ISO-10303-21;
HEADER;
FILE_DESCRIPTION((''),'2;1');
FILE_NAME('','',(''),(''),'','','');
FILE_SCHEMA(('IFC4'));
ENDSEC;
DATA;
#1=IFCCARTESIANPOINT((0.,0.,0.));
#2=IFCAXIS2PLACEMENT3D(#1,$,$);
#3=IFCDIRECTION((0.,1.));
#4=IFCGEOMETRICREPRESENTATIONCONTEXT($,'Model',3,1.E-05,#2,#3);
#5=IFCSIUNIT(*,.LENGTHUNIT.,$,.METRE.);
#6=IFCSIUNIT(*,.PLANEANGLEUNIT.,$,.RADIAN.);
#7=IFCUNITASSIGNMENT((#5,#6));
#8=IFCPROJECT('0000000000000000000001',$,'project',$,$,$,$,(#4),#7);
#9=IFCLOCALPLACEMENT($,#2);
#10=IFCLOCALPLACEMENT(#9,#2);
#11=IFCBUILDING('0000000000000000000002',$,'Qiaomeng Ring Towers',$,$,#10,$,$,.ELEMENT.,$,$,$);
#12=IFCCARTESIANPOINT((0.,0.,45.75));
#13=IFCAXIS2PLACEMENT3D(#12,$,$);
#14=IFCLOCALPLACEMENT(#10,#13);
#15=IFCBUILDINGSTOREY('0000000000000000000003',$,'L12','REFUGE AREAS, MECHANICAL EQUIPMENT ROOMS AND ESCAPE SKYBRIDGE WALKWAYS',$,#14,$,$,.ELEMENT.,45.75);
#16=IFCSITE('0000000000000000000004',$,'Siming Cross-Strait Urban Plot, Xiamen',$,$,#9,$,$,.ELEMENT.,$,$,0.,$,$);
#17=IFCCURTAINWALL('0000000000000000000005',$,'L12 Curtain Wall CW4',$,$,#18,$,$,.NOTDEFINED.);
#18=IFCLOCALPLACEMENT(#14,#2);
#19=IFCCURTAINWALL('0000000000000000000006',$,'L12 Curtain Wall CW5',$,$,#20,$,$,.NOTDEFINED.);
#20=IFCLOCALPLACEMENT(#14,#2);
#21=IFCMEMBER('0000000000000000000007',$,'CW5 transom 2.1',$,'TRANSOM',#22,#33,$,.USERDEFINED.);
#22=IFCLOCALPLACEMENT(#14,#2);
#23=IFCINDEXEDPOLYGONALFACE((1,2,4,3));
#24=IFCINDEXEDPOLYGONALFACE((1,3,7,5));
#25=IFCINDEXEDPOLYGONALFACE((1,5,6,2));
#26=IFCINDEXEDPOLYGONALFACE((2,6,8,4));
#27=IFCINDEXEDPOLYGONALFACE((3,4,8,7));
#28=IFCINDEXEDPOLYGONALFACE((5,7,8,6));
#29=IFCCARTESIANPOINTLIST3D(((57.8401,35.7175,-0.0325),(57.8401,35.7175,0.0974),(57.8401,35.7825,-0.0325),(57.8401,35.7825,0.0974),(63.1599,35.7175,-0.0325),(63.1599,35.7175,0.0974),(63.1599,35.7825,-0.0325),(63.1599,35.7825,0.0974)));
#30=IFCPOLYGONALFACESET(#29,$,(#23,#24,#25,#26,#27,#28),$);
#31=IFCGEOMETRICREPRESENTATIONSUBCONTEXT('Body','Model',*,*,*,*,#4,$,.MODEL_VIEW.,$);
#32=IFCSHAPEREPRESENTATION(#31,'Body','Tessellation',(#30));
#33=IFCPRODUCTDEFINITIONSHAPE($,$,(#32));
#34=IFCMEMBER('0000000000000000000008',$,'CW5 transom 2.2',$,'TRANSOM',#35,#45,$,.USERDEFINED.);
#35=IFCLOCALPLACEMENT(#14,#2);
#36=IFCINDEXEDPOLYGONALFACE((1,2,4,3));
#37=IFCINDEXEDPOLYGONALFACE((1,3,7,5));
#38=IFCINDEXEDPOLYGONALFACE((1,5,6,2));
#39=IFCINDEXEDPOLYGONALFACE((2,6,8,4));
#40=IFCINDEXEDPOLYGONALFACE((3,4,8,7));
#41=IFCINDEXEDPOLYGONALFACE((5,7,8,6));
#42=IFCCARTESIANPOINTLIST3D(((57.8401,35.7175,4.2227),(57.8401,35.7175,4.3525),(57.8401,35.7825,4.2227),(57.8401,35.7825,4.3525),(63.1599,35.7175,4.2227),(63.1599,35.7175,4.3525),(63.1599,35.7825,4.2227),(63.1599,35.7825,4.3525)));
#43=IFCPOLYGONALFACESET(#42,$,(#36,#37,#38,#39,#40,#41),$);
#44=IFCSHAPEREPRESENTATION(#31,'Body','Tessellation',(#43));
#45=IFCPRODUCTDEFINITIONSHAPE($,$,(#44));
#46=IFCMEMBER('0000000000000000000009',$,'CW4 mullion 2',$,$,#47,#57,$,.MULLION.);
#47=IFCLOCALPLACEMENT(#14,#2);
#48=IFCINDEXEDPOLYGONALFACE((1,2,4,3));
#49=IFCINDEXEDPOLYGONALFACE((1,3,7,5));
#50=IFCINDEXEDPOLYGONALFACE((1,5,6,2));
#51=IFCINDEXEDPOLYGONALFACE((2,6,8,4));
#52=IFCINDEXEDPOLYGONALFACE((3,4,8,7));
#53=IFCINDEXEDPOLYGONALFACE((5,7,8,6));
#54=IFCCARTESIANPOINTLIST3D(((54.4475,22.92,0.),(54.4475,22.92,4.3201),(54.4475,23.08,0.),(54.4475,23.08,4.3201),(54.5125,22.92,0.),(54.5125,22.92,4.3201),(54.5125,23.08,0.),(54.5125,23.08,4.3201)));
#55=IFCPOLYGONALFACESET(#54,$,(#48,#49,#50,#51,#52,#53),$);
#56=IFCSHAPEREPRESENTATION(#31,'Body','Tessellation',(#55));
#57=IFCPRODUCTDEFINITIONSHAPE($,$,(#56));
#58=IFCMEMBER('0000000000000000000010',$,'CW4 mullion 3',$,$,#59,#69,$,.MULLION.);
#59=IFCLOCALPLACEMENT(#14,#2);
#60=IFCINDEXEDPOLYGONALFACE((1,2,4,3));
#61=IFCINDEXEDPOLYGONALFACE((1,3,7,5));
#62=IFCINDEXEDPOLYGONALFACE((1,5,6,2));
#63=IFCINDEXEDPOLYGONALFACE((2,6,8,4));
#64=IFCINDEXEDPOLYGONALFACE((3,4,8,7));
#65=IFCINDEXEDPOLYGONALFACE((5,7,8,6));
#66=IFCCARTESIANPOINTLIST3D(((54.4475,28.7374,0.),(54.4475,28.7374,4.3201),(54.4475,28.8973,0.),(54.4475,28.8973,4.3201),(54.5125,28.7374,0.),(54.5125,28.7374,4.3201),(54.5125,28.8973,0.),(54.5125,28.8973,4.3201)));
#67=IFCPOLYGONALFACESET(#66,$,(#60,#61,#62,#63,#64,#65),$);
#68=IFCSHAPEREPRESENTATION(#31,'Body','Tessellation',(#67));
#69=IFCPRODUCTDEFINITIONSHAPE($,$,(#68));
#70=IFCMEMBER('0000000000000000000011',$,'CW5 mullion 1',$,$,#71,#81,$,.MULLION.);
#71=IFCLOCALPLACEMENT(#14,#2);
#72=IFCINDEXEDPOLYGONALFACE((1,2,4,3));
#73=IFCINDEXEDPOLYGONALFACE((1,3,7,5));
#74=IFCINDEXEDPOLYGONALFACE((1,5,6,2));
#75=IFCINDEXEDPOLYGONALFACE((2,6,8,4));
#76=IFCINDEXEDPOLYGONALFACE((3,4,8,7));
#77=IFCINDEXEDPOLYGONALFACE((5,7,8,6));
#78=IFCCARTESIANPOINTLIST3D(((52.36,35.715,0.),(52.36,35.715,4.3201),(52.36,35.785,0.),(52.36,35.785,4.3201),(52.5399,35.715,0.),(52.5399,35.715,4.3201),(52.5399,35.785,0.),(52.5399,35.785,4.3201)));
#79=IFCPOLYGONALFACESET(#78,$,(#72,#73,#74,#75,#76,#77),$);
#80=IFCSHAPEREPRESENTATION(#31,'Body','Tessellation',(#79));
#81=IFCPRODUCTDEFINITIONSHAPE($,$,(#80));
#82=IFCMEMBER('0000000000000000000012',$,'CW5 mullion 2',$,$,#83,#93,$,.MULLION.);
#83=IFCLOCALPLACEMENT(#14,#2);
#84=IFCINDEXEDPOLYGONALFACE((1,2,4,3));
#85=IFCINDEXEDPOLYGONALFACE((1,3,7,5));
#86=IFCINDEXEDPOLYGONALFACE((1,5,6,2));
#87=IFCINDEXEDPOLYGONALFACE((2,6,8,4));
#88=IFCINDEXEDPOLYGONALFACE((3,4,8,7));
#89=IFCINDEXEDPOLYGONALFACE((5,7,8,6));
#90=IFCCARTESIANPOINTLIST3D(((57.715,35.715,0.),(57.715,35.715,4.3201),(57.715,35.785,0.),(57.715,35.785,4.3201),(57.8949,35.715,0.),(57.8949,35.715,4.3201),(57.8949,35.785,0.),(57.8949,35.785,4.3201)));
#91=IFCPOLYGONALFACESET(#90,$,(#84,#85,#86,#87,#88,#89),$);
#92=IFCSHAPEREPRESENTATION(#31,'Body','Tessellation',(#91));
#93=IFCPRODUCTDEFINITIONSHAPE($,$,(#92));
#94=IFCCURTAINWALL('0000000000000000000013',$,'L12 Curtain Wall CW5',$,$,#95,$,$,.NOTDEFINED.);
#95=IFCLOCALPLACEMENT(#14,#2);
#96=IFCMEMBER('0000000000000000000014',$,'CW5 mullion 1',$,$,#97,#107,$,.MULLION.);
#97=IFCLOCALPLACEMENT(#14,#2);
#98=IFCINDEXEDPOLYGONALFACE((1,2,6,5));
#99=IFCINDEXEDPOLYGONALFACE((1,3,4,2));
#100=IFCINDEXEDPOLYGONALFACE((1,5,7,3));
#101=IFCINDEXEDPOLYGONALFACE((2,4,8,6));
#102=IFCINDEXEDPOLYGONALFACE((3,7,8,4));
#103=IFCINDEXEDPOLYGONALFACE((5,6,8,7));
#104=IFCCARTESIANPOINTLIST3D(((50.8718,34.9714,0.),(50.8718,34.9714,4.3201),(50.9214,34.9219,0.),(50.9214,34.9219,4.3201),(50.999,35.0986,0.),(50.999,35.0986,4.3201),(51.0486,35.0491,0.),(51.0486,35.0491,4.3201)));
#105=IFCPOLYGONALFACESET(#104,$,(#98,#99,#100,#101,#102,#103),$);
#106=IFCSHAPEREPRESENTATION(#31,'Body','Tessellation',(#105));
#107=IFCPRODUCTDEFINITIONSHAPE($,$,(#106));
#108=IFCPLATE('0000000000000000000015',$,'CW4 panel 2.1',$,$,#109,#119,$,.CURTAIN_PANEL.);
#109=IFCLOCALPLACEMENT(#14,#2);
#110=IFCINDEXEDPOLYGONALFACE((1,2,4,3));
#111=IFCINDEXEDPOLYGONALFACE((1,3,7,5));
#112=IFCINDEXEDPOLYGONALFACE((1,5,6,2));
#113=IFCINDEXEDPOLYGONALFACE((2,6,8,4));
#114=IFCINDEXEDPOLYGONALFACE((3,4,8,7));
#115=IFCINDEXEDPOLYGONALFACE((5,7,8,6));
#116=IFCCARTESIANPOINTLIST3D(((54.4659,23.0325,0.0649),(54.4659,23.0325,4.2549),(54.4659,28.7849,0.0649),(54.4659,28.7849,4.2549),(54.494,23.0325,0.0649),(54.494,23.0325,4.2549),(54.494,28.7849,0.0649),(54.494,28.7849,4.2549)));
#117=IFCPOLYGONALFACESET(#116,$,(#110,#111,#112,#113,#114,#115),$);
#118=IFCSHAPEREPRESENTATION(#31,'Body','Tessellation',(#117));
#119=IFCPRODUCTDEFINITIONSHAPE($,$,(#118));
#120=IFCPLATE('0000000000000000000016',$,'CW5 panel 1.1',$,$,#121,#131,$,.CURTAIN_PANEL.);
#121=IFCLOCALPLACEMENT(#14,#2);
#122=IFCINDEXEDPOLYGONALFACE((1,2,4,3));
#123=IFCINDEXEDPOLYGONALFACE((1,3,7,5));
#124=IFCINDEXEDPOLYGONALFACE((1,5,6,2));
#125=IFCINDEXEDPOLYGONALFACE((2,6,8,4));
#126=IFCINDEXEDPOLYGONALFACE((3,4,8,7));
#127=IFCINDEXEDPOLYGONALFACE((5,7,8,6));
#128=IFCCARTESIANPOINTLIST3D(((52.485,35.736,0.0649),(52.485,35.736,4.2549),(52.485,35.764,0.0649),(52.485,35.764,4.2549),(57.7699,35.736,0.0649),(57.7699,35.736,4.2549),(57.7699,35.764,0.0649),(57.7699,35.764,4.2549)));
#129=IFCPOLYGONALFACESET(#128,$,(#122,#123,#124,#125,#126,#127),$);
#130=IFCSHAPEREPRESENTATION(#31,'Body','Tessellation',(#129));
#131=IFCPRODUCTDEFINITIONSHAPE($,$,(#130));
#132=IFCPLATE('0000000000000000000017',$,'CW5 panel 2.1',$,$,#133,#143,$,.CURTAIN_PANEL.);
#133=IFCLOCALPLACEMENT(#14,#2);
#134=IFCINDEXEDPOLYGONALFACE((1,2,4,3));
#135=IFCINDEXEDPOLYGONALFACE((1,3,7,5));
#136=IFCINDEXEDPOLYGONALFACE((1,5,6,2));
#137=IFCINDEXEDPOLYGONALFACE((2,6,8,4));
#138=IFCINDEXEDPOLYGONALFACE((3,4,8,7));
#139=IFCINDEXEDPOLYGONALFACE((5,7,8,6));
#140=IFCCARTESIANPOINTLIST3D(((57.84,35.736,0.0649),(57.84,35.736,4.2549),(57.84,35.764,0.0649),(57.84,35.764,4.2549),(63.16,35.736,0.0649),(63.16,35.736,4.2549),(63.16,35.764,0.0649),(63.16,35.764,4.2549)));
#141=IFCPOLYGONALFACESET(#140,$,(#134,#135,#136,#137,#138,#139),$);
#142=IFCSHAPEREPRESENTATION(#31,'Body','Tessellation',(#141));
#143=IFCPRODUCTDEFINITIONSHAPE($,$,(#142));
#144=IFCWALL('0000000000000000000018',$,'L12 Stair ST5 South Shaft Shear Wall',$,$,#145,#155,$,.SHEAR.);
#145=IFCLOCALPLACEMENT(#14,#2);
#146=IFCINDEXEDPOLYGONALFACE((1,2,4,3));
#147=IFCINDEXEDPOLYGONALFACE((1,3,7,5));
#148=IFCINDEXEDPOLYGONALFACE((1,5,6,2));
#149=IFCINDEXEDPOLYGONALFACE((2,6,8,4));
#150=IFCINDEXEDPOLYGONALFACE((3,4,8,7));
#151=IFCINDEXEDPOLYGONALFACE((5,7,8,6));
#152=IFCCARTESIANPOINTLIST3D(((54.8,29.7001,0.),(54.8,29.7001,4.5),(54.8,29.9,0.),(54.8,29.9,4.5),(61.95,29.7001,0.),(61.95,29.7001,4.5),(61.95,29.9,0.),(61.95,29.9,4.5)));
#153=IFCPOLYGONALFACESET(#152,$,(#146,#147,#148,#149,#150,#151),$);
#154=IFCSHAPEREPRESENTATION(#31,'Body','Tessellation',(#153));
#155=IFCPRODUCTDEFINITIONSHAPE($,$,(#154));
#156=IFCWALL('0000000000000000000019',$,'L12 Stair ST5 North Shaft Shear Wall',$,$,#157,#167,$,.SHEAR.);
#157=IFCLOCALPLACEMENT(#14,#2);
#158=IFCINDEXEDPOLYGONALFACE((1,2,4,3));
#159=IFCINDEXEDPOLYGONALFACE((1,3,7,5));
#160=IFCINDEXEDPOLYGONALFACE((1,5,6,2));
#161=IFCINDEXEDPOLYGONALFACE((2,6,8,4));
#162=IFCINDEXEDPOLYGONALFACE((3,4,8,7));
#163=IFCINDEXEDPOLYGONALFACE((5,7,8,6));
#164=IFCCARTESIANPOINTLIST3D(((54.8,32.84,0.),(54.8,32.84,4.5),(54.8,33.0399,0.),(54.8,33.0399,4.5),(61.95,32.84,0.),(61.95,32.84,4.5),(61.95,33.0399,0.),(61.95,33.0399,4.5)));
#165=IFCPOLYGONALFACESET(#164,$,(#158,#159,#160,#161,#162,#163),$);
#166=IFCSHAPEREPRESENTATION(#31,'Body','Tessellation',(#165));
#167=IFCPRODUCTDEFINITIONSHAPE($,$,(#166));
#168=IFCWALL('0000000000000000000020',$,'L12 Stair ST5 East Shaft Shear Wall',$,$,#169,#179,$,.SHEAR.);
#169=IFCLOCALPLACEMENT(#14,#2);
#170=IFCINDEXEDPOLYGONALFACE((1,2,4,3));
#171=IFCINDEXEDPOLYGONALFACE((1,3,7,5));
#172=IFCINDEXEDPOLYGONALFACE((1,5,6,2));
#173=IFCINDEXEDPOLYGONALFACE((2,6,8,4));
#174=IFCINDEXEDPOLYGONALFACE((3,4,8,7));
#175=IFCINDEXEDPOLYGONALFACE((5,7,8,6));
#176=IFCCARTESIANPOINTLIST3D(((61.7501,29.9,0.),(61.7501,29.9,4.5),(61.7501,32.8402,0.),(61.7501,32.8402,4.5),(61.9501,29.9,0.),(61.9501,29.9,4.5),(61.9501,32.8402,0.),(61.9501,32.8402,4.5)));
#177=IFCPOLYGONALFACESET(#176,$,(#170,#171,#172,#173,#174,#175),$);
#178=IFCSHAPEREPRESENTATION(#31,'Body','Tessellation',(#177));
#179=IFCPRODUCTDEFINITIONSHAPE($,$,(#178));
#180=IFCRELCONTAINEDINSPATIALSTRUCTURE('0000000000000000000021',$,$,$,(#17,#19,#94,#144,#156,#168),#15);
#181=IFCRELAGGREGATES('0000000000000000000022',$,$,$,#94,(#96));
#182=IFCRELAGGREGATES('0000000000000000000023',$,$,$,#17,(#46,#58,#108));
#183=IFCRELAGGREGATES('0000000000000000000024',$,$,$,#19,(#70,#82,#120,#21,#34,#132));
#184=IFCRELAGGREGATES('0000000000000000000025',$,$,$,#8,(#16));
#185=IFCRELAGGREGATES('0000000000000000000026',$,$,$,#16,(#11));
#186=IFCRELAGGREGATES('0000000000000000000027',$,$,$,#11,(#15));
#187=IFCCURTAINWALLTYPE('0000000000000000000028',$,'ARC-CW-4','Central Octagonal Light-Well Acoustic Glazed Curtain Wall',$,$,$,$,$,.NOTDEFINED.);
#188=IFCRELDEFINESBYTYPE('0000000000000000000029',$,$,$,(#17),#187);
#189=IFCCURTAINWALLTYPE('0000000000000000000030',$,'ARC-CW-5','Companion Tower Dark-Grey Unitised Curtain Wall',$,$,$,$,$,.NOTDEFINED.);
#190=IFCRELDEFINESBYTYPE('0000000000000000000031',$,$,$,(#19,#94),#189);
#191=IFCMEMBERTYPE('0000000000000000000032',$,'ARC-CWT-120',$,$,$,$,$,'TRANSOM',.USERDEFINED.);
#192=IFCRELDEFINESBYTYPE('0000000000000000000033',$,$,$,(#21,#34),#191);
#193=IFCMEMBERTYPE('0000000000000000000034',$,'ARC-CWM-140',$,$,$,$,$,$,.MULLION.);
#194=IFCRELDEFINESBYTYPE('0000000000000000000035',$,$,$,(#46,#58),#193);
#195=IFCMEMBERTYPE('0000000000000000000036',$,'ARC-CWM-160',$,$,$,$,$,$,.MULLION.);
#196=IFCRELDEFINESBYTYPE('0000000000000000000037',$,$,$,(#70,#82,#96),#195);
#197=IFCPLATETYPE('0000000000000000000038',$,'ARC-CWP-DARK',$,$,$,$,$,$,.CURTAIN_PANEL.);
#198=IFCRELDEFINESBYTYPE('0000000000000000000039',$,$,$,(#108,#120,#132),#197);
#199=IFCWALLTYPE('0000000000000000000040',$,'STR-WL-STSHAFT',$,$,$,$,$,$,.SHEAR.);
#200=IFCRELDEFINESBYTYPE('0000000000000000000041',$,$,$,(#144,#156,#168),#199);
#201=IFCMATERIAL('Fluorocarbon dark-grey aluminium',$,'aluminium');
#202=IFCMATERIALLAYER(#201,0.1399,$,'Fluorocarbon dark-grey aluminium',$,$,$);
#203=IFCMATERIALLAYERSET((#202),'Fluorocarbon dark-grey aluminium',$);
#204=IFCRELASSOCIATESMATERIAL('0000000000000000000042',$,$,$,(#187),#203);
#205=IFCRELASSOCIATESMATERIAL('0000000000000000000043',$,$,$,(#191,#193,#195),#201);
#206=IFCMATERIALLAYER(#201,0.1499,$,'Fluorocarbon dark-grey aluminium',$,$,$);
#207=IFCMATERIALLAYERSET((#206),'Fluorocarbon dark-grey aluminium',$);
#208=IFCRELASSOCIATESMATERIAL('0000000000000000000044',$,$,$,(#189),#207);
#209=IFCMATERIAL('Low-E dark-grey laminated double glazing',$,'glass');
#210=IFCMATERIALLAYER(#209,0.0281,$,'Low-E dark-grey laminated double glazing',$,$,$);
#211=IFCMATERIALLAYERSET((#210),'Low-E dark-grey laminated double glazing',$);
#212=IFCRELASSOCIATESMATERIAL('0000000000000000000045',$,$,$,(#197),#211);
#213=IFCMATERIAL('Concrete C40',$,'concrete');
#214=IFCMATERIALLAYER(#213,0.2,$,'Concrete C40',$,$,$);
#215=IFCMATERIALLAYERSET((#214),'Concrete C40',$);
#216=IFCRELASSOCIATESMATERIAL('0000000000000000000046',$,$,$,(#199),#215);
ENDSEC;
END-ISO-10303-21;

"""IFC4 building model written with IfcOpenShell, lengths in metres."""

from ifc_helpers import new_model, si_unit, direction, frame, frame_2d, origin, origin_2d, place, context, subcontext, project, spatial, rectangle, extrude, source, transform, mapped, material, layer, layer_set, material_profile, profile_set, type_object, element, aggregate, save


model = new_model("IFC4")

# Units and contexts
model_context = context("Model", 3, precision=1e-05, world=origin(), true_north=direction((0.0, 1.0)))
body_context = subcontext(model_context, "Body", "Model", "MODEL_VIEW")
ifc_project = project(units=[si_unit("LENGTHUNIT", "METRE"), si_unit("PLANEANGLEUNIT", "RADIAN")], contexts=[model_context])

# Site, building, storey
site_placement = place(None, origin())
site = spatial("IfcSite", under=ifc_project, at=site_placement, Name="Siming Cross-Strait Urban Plot, Xiamen", CompositionType="ELEMENT", RefElevation=0.0)
building_placement = place(site_placement, origin())
building = spatial("IfcBuilding", under=site, at=building_placement, Name="Qiaomeng Ring Towers", CompositionType="ELEMENT")
storey_placement = place(building_placement, frame((0.0, 0.0, 45.75)))
storey = spatial("IfcBuildingStorey", under=building, at=storey_placement, Name="L12", Description="REFUGE AREAS, MECHANICAL EQUIPMENT ROOMS AND ESCAPE SKYBRIDGE WALKWAYS", CompositionType="ELEMENT", Elevation=45.75)

# Curtain walls, members
ifc_material_1 = material(Name="Fluorocarbon dark-grey aluminium", Category="aluminium")
ifc_layer_1 = layer(ifc_material_1, 0.1399, Name="Fluorocarbon dark-grey aluminium")
ifc_layer_set_1 = layer_set([ifc_layer_1], Name="Fluorocarbon dark-grey aluminium")
curtain_wall_type_1 = type_object("IfcCurtainWallType", Name="ARC-CW-4", Description="Central Octagonal Light-Well Acoustic Glazed Curtain Wall", PredefinedType="NOTDEFINED", material=ifc_layer_set_1)
curtain_wall_1_placement = place(storey_placement, origin())
curtain_wall_1 = element("IfcCurtainWall", 1, at=curtain_wall_1_placement, inside=storey, type_object=curtain_wall_type_1, Name="L12 Curtain Wall CW4", PredefinedType="NOTDEFINED")
ifc_material_profile_1 = material_profile(ifc_material_1, rectangle(XDim=0.0649, YDim=0.1299, at=origin_2d()), Name="ALU TRAN 65x130")
ifc_profile_set_1 = profile_set([ifc_material_profile_1], Name="Fluorocarbon dark-grey aluminium")
member_type_1 = type_object("IfcMemberType", Name="ARC-CWT-120", ElementType="TRANSOM", PredefinedType="USERDEFINED", material=ifc_profile_set_1)
ifc_layer_2 = layer(ifc_material_1, 0.1499, Name="Fluorocarbon dark-grey aluminium")
ifc_layer_set_2 = layer_set([ifc_layer_2], Name="Fluorocarbon dark-grey aluminium")
curtain_wall_type_2 = type_object("IfcCurtainWallType", Name="ARC-CW-5", Description="Companion Tower Dark-Grey Unitised Curtain Wall", PredefinedType="NOTDEFINED", material=ifc_layer_set_2)
curtain_wall_2_placement = place(storey_placement, origin())
curtain_wall_2 = element("IfcCurtainWall", 2, at=curtain_wall_2_placement, inside=storey, type_object=curtain_wall_type_2, Name="L12 Curtain Wall CW5", PredefinedType="NOTDEFINED")
shared_shape_1 = source(origin(), body_context, "Body", "SweptSolid", [
    extrude(rectangle(XDim=0.0649, YDim=0.1299, at=origin_2d()), origin(), (0.0, 0.0, 1.0), 5.3198),
])
member_1_placement = place(storey_placement, frame((57.8401, 35.75, 0.0325), z_axis=(1.0, 0.0, 0.0), x_axis=(0.0, 1.0, 0.0)))
member_1 = element("IfcMember", 3, at=member_1_placement, type_object=member_type_1, Name="CW5 transom 2.1", ObjectType="TRANSOM", PredefinedType="USERDEFINED", context=body_context, shape_type="MappedRepresentation", body=[
    mapped(shared_shape_1, transform((0.0, 0.0, 0.0), x_axis=(1.0, 0.0, 0.0), y_axis=(0.0, 1.0, 0.0), z_axis=(0.0, 0.0, 1.0), scale=1.0)),
])
member_2_placement = place(storey_placement, frame((57.8401, 35.75, 4.2876), z_axis=(1.0, 0.0, 0.0), x_axis=(0.0, 1.0, 0.0)))
member_2 = element("IfcMember", 4, at=member_2_placement, type_object=member_type_1, Name="CW5 transom 2.2", ObjectType="TRANSOM", PredefinedType="USERDEFINED", context=body_context, shape_type="MappedRepresentation", body=[
    mapped(shared_shape_1, transform((0.0, 0.0, 0.0), x_axis=(1.0, 0.0, 0.0), y_axis=(0.0, 1.0, 0.0), z_axis=(0.0, 0.0, 1.0), scale=1.0)),
])

# Members
ifc_material_profile_2 = material_profile(ifc_material_1, rectangle(XDim=0.0649, YDim=0.1599, at=origin_2d()), Name="ALU MULL 65x160")
ifc_profile_set_2 = profile_set([ifc_material_profile_2], Name="Fluorocarbon dark-grey aluminium")
member_type_2 = type_object("IfcMemberType", Name="ARC-CWM-140", PredefinedType="MULLION", material=ifc_profile_set_2)
shared_shape_2 = source(origin(), body_context, "Body", "SweptSolid", [
    extrude(rectangle(XDim=0.0649, YDim=0.1599, at=origin_2d()), origin(), (0.0, 0.0, 1.0), 4.3201),
])
member_3_placement = place(storey_placement, frame((54.48, 23.0, 0.0), z_axis=(0.0, 0.0, 1.0), x_axis=(-1.0, 0.0, 0.0)))
member_3 = element("IfcMember", 5, at=member_3_placement, type_object=member_type_2, Name="CW4 mullion 2", PredefinedType="MULLION", context=body_context, shape_type="MappedRepresentation", body=[
    mapped(shared_shape_2, transform((0.0, 0.0, 0.0), x_axis=(1.0, 0.0, 0.0), y_axis=(0.0, 1.0, 0.0), z_axis=(0.0, 0.0, 1.0), scale=1.0)),
])
member_4_placement = place(storey_placement, frame((54.48, 28.8174, 0.0), z_axis=(0.0, 0.0, 1.0), x_axis=(-1.0, 0.0, 0.0)))
member_4 = element("IfcMember", 6, at=member_4_placement, type_object=member_type_2, Name="CW4 mullion 3", PredefinedType="MULLION", context=body_context, shape_type="MappedRepresentation", body=[
    mapped(shared_shape_2, transform((0.0, 0.0, 0.0), x_axis=(1.0, 0.0, 0.0), y_axis=(0.0, 1.0, 0.0), z_axis=(0.0, 0.0, 1.0), scale=1.0)),
])
ifc_material_profile_3 = material_profile(ifc_material_1, rectangle(XDim=0.0701, YDim=0.1799, at=origin_2d()), Name="ALU MULL 70x180")
ifc_profile_set_3 = profile_set([ifc_material_profile_3], Name="Fluorocarbon dark-grey aluminium")
member_type_3 = type_object("IfcMemberType", Name="ARC-CWM-160", PredefinedType="MULLION", material=ifc_profile_set_3)
shared_shape_3 = source(origin(), body_context, "Body", "SweptSolid", [
    extrude(rectangle(XDim=0.0701, YDim=0.1799, at=origin_2d()), origin(), (0.0, 0.0, 1.0), 4.3201),
])
member_5_placement = place(storey_placement, frame((52.45, 35.75, 0.0), z_axis=(0.0, 0.0, 1.0), x_axis=(0.0, 1.0, 0.0)))
member_5 = element("IfcMember", 7, at=member_5_placement, type_object=member_type_3, Name="CW5 mullion 1", PredefinedType="MULLION", context=body_context, shape_type="MappedRepresentation", body=[
    mapped(shared_shape_3, transform((0.0, 0.0, 0.0), x_axis=(1.0, 0.0, 0.0), y_axis=(0.0, 1.0, 0.0), z_axis=(0.0, 0.0, 1.0), scale=1.0)),
])
member_6_placement = place(storey_placement, frame((57.8049, 35.75, 0.0), z_axis=(0.0, 0.0, 1.0), x_axis=(0.0, 1.0, 0.0)))
member_6 = element("IfcMember", 8, at=member_6_placement, type_object=member_type_3, Name="CW5 mullion 2", PredefinedType="MULLION", context=body_context, shape_type="MappedRepresentation", body=[
    mapped(shared_shape_3, transform((0.0, 0.0, 0.0), x_axis=(1.0, 0.0, 0.0), y_axis=(0.0, 1.0, 0.0), z_axis=(0.0, 0.0, 1.0), scale=1.0)),
])

# Curtain wall, member
curtain_wall_3_placement = place(storey_placement, origin())
curtain_wall_3 = element("IfcCurtainWall", 9, at=curtain_wall_3_placement, inside=storey, type_object=curtain_wall_type_2, Name="L12 Curtain Wall CW5", PredefinedType="NOTDEFINED")
member_7_placement = place(storey_placement, frame((50.9602, 35.0103, 0.0), z_axis=(0.0, 0.0, 1.0), x_axis=(0.707107, -0.707107, 0.0)))
member_7 = element("IfcMember", 10, at=member_7_placement, type_object=member_type_3, Name="CW5 mullion 1", PredefinedType="MULLION", context=body_context, shape_type="MappedRepresentation", body=[
    mapped(shared_shape_3, transform((0.0, 0.0, 0.0), x_axis=(1.0, 0.0, 0.0), y_axis=(0.0, 1.0, 0.0), z_axis=(0.0, 0.0, 1.0), scale=1.0)),
])
aggregate(curtain_wall_3, [member_7])

# Plates
ifc_material_2 = material(Name="Low-E dark-grey laminated double glazing", Category="glass")
ifc_layer_3 = layer(ifc_material_2, 0.0281, Name="Low-E dark-grey laminated double glazing")
ifc_layer_set_3 = layer_set([ifc_layer_3], Name="Low-E dark-grey laminated double glazing")
plate_type = type_object("IfcPlateType", Name="ARC-CWP-DARK", PredefinedType="CURTAIN_PANEL", material=ifc_layer_set_3)
shared_shape_4 = source(origin(), body_context, "Body", "SweptSolid", [
    extrude(rectangle(XDim=5.7524, YDim=0.0281, at=origin_2d()), origin(), (0.0, 0.0, 1.0), 4.1899),
])
plate_1_placement = place(storey_placement, frame((54.48, 25.9087, 0.0649), z_axis=(0.0, 0.0, 1.0), x_axis=(0.0, 1.0, 0.0)))
plate_1 = element("IfcPlate", 11, at=plate_1_placement, type_object=plate_type, Name="CW4 panel 2.1", PredefinedType="CURTAIN_PANEL", context=body_context, shape_type="MappedRepresentation", body=[
    mapped(shared_shape_4, transform((0.0, 0.0, 0.0), x_axis=(1.0, 0.0, 0.0), y_axis=(0.0, 1.0, 0.0), z_axis=(0.0, 0.0, 1.0), scale=1.0)),
])
aggregate(curtain_wall_1, [member_3, member_4, plate_1])
shared_shape_5 = source(origin(), body_context, "Body", "SweptSolid", [
    extrude(rectangle(XDim=5.2849, YDim=0.0281, at=origin_2d()), origin(), (0.0, 0.0, 1.0), 4.1899),
])
plate_2_placement = place(storey_placement, frame((55.1274, 35.75, 0.0649), z_axis=(0.0, 0.0, 1.0), x_axis=(1.0, 0.0, 0.0)))
plate_2 = element("IfcPlate", 12, at=plate_2_placement, type_object=plate_type, Name="CW5 panel 1.1", PredefinedType="CURTAIN_PANEL", context=body_context, shape_type="MappedRepresentation", body=[
    mapped(shared_shape_5, transform((0.0, 0.0, 0.0), x_axis=(1.0, 0.0, 0.0), y_axis=(0.0, 1.0, 0.0), z_axis=(0.0, 0.0, 1.0), scale=1.0)),
])
shared_shape_6 = source(origin(), body_context, "Body", "SweptSolid", [
    extrude(rectangle(XDim=5.3201, YDim=0.0281, at=origin_2d()), origin(), (0.0, 0.0, 1.0), 4.1899),
])
plate_3_placement = place(storey_placement, frame((60.5, 35.75, 0.0649), z_axis=(0.0, 0.0, 1.0), x_axis=(1.0, 0.0, 0.0)))
plate_3 = element("IfcPlate", 13, at=plate_3_placement, type_object=plate_type, Name="CW5 panel 2.1", PredefinedType="CURTAIN_PANEL", context=body_context, shape_type="MappedRepresentation", body=[
    mapped(shared_shape_6, transform((0.0, 0.0, 0.0), x_axis=(1.0, 0.0, 0.0), y_axis=(0.0, 1.0, 0.0), z_axis=(0.0, 0.0, 1.0), scale=1.0)),
])
aggregate(curtain_wall_2, [member_5, member_6, plate_2, member_1, member_2, plate_3])

# Walls
ifc_material_3 = material(Name="Concrete C40", Category="concrete")
ifc_layer_4 = layer(ifc_material_3, 0.2, Name="Concrete C40")
ifc_layer_set_4 = layer_set([ifc_layer_4], Name="Concrete C40")
wall_type_1 = type_object("IfcWallType", Name="STR-WL-STSHAFT", PredefinedType="SHEAR", material=ifc_layer_set_4)
for number, where, z_axis, x_axis, name in (
    (14, (54.8, 29.8, 0.0), (0.0, 0.0, 1.0), (1.0, 0.0, 0.0), "L12 Stair ST5 South Shaft Shear Wall"),
    (15, (54.8, 32.9399, 0.0), (0.0, 0.0, 1.0), (1.0, 0.0, 0.0), "L12 Stair ST5 North Shaft Shear Wall"),
):
    element("IfcWall", number, at=place(storey_placement, frame(where, z_axis=z_axis, x_axis=x_axis)), inside=storey, type_object=wall_type_1, Name=name, PredefinedType="SHEAR", context=body_context, shape_type="SweptSolid", body=[
        extrude(rectangle(XDim=7.1499, YDim=0.2, at=frame_2d((3.575, 0.0))), origin(), (0.0, 0.0, 1.0), 4.5),
    ])
wall_1_placement = place(storey_placement, frame((61.8501, 29.8999, 0.0), z_axis=(0.0, 0.0, 1.0), x_axis=(0.0, 1.0, 0.0)))
element("IfcWall", 16, at=wall_1_placement, inside=storey, type_object=wall_type_1, Name="L12 Stair ST5 East Shaft Shear Wall", PredefinedType="SHEAR", context=body_context, shape_type="SweptSolid", body=[
    extrude(rectangle(XDim=2.9402, YDim=0.2, at=frame_2d((1.4702, 0.0))), origin(), (0.0, 0.0, 1.0), 4.5),
])

save(model, "model.ifc")
